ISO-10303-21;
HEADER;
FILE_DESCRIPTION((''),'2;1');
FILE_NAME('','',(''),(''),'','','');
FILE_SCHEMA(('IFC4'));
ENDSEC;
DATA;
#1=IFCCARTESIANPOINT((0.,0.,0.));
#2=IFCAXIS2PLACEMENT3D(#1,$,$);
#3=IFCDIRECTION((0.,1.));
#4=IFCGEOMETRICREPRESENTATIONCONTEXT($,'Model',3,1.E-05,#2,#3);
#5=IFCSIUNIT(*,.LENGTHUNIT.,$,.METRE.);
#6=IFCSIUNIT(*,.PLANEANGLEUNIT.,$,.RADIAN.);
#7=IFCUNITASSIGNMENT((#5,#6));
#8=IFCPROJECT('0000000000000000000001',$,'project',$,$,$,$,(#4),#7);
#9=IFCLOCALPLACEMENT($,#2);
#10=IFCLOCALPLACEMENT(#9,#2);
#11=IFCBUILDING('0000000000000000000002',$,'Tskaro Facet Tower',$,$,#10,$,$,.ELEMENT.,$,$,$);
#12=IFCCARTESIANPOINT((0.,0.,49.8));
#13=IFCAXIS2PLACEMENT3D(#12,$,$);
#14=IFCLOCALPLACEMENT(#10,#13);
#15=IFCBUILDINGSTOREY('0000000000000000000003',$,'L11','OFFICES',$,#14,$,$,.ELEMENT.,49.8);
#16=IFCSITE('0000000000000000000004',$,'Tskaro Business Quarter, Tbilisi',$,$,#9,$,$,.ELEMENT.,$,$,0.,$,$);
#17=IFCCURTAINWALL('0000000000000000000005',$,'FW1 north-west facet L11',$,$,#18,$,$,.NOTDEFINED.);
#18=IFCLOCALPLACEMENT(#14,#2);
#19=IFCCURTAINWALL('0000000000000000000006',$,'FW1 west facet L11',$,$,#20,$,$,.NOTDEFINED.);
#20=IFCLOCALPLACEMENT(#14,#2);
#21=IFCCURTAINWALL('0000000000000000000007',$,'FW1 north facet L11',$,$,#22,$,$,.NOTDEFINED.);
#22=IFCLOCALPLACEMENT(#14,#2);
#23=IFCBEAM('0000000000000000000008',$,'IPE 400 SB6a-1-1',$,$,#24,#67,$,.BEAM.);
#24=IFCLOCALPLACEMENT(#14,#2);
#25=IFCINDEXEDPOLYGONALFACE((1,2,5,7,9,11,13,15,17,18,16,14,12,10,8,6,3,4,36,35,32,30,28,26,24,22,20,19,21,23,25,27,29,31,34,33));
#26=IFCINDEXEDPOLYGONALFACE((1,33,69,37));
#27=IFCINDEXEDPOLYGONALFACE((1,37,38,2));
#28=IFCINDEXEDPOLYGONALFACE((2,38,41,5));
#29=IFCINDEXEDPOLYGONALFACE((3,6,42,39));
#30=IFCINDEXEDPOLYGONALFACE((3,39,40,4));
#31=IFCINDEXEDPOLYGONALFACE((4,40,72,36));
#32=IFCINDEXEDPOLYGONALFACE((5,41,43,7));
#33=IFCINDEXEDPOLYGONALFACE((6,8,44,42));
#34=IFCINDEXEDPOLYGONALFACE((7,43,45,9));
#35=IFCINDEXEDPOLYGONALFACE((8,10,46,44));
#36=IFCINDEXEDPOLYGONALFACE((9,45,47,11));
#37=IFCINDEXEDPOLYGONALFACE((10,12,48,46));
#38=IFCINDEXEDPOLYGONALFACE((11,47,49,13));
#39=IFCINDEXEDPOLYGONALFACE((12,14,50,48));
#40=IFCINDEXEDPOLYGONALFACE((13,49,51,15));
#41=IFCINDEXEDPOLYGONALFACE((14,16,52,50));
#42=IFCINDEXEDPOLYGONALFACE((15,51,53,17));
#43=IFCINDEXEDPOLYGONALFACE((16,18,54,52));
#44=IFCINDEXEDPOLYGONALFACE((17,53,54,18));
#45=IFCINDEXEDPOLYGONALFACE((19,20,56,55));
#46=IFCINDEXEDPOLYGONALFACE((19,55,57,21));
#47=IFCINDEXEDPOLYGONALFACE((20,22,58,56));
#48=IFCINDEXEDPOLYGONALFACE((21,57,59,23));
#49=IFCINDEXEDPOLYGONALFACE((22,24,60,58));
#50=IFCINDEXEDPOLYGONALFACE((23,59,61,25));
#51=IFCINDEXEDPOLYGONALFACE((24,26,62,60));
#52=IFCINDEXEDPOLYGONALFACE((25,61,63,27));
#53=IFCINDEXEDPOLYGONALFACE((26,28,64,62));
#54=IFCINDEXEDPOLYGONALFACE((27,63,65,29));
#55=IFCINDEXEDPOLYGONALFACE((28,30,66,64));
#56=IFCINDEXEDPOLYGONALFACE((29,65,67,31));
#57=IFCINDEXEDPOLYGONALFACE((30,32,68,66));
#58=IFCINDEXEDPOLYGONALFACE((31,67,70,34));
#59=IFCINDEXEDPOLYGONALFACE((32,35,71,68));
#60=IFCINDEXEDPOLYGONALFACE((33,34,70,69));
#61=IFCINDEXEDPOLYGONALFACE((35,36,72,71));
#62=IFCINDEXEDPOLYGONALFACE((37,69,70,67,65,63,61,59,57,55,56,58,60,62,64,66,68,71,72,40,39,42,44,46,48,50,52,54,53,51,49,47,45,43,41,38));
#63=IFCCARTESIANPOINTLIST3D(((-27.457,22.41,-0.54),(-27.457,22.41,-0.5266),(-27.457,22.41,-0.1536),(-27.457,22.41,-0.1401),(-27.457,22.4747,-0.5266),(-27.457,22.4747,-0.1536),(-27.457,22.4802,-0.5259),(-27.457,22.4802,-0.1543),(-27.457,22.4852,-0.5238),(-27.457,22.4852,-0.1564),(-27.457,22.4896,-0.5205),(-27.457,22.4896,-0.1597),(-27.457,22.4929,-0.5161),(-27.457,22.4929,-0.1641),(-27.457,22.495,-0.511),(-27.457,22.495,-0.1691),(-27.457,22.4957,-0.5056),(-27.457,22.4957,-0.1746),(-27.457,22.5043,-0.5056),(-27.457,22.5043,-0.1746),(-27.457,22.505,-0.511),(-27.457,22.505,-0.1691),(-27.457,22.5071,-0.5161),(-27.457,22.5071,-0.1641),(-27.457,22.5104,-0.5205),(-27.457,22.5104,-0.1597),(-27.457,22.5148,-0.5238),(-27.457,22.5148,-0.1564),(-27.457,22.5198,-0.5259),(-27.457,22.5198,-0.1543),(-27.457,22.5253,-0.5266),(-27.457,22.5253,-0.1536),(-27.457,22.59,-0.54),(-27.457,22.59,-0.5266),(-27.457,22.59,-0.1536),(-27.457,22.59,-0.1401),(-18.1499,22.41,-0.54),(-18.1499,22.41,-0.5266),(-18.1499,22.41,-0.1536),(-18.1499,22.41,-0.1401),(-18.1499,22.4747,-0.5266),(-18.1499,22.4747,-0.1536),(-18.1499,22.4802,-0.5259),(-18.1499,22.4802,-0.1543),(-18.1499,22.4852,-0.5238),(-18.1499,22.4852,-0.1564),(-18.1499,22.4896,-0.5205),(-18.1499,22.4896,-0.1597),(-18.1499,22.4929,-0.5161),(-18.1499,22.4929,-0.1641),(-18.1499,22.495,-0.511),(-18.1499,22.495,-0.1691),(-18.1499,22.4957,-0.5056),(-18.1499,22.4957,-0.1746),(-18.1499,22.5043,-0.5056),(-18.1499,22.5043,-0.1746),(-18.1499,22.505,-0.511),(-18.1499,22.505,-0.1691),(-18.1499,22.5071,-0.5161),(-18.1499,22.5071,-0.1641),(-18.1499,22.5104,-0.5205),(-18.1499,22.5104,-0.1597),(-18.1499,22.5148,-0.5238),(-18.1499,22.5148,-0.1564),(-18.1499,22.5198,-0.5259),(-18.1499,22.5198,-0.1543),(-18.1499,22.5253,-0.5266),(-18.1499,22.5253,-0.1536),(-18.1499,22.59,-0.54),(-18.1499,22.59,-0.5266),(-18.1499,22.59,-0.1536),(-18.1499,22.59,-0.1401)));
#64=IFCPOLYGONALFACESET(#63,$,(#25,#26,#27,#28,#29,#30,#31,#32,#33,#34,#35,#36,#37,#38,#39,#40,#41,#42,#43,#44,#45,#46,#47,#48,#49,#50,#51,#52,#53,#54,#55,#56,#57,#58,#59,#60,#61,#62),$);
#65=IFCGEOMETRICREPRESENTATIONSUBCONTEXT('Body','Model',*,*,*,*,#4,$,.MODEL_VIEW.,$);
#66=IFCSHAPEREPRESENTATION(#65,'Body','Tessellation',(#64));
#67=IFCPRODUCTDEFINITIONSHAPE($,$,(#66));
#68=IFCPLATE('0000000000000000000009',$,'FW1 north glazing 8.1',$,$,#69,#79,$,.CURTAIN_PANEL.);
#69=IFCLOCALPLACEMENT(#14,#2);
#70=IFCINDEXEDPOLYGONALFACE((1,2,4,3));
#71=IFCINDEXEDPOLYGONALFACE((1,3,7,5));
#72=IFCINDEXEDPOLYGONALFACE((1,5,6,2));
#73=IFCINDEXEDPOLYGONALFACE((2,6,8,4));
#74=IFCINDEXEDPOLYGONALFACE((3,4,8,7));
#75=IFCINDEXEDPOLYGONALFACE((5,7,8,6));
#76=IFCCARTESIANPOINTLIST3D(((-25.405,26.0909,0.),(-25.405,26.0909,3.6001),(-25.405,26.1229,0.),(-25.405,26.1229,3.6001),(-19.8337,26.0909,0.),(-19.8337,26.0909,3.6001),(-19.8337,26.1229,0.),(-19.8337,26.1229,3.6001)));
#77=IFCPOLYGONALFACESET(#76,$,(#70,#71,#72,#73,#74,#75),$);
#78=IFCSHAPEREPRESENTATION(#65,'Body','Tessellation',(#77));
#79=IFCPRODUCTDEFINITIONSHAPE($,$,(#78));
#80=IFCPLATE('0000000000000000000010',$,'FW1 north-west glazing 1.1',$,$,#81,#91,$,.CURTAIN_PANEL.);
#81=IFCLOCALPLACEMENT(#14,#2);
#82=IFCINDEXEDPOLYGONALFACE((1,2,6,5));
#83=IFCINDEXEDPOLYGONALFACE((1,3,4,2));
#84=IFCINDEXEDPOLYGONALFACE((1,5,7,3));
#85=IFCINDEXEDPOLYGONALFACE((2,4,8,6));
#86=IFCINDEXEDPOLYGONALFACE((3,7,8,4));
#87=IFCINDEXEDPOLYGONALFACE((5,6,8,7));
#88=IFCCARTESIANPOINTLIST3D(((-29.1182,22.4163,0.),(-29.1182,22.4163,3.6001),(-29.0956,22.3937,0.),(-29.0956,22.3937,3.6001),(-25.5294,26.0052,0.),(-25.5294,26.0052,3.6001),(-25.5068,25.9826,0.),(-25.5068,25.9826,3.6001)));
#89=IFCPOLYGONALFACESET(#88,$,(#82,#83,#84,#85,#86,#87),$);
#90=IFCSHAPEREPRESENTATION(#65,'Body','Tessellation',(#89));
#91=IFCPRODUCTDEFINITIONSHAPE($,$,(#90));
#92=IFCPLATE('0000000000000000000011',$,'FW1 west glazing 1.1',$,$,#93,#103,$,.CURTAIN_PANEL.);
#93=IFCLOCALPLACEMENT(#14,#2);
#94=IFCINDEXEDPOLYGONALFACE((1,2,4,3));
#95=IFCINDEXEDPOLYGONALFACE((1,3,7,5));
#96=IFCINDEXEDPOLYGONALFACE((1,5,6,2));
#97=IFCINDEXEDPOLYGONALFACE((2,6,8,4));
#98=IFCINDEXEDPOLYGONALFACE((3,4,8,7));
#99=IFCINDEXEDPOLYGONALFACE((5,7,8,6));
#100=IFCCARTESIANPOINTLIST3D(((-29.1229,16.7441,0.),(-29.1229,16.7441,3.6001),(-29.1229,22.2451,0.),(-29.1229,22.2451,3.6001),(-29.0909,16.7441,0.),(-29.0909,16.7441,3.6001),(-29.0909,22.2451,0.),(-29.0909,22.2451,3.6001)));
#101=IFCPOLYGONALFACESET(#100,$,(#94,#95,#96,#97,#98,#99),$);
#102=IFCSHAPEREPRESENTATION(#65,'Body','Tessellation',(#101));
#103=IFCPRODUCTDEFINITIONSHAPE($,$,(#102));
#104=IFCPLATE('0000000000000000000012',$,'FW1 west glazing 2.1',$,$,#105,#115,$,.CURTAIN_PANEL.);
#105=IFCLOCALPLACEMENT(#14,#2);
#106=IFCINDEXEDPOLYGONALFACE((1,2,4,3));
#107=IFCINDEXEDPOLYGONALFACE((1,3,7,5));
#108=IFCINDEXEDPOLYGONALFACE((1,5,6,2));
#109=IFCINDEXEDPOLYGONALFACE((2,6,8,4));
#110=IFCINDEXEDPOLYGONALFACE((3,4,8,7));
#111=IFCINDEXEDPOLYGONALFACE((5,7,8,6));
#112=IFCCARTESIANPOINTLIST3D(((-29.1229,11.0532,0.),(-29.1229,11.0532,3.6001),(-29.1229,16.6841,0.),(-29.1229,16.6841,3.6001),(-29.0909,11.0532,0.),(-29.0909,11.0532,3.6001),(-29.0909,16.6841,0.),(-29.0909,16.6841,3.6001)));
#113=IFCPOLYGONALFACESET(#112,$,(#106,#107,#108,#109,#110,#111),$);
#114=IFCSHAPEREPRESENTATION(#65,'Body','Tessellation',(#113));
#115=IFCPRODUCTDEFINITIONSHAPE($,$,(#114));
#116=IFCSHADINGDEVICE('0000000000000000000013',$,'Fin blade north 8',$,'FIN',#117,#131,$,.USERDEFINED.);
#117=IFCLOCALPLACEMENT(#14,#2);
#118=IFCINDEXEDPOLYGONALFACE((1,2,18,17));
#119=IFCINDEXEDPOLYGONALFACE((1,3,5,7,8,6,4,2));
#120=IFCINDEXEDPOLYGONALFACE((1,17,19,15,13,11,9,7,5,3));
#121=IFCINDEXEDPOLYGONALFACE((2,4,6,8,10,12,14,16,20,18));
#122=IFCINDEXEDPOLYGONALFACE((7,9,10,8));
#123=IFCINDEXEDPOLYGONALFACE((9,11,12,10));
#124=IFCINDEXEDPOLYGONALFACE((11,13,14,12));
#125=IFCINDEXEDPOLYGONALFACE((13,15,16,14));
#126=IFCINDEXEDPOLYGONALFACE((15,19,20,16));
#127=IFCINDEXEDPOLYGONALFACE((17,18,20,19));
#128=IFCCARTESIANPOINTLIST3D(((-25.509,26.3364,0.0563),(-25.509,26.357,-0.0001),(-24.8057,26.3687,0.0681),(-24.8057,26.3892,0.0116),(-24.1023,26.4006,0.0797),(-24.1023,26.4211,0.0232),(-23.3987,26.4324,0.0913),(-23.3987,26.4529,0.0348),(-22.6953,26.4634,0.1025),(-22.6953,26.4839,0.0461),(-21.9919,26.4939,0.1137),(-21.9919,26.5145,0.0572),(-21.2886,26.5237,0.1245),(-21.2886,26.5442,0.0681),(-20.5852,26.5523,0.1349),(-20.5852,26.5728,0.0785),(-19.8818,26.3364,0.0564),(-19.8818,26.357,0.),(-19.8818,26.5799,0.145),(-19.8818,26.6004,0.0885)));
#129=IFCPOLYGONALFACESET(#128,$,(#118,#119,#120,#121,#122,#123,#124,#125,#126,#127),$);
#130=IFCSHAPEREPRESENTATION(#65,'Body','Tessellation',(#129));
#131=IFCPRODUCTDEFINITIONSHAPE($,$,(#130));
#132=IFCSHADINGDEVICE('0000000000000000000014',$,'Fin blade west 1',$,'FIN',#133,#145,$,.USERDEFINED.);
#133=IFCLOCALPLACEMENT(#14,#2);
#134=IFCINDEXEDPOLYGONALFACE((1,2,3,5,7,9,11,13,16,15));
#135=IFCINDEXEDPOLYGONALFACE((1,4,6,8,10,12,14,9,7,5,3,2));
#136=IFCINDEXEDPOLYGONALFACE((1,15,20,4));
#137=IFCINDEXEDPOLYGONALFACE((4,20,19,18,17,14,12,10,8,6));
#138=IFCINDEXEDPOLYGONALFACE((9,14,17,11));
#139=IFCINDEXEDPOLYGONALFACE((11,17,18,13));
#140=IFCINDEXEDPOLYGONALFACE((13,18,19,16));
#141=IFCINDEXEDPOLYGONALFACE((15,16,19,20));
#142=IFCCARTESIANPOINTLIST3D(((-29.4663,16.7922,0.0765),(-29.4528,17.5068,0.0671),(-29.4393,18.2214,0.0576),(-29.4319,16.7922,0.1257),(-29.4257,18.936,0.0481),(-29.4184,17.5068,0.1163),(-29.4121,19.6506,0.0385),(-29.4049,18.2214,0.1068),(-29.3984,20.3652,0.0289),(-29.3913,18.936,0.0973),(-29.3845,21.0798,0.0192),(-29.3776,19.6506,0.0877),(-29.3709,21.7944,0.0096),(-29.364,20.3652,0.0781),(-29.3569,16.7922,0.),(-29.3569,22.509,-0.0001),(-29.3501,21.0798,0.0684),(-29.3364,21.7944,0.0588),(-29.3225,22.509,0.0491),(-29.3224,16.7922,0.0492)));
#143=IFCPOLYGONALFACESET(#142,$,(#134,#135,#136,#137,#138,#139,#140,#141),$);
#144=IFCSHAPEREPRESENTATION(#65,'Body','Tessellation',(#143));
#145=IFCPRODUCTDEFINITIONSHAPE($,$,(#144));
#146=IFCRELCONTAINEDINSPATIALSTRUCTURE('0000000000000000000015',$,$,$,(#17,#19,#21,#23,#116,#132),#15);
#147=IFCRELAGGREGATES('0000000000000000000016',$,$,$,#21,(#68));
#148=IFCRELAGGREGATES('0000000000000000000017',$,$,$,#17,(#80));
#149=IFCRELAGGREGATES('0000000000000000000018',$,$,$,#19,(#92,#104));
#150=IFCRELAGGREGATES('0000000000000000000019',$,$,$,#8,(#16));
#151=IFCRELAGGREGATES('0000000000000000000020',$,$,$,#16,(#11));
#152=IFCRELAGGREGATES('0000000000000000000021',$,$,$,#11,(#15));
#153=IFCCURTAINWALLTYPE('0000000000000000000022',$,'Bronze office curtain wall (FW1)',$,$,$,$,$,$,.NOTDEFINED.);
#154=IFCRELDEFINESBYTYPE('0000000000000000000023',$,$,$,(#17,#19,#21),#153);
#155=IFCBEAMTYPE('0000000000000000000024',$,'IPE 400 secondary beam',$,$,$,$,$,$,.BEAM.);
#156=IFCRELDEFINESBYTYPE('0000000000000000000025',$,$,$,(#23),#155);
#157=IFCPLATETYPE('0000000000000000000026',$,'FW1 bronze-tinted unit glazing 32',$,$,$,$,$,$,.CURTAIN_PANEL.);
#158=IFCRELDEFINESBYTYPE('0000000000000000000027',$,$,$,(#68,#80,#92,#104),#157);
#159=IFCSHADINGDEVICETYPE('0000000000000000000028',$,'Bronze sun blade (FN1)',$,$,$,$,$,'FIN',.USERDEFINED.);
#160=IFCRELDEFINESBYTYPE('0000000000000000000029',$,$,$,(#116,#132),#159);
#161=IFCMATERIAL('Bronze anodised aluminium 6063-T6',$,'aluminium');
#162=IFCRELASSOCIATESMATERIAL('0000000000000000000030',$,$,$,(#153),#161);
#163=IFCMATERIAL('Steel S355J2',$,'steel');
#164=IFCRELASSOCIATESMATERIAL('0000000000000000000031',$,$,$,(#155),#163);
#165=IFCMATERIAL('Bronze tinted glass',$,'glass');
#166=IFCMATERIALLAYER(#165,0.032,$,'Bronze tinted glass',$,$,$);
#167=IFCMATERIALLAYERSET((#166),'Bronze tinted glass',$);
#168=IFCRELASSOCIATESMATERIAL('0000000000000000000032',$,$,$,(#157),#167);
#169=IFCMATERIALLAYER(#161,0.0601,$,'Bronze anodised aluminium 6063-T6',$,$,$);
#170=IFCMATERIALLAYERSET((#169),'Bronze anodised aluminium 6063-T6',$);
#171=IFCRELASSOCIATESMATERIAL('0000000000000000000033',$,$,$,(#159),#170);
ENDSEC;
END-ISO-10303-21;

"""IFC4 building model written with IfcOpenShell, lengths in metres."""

from ifc_helpers import new_model, si_unit, direction, frame, origin, origin_2d, place, context, subcontext, project, spatial, polyline, rectangle, i_section, outline, extrude, material, layer, layer_set, material_profile, profile_set, type_object, element, aggregate, save


model = new_model("IFC4")

# Units and contexts
model_context = context("Model", 3, precision=1e-05, world=origin(), true_north=direction((0.0, 1.0)))
body_context = subcontext(model_context, "Body", "Model", "MODEL_VIEW")
ifc_project = project(units=[si_unit("LENGTHUNIT", "METRE"), si_unit("PLANEANGLEUNIT", "RADIAN")], contexts=[model_context])

# Site, building, storey
site_placement = place(None, origin())
site = spatial("IfcSite", under=ifc_project, at=site_placement, Name="Tskaro Business Quarter, Tbilisi", CompositionType="ELEMENT", RefElevation=0.0)
building_placement = place(site_placement, origin())
building = spatial("IfcBuilding", under=site, at=building_placement, Name="Tskaro Facet Tower", CompositionType="ELEMENT")
storey_placement = place(building_placement, frame((0.0, 0.0, 49.8)))
storey = spatial("IfcBuildingStorey", under=building, at=storey_placement, Name="L11", Description="OFFICES", CompositionType="ELEMENT", Elevation=49.8)

# Curtain wall
ifc_material_1 = material(Name="Bronze anodised aluminium 6063-T6", Category="aluminium")
curtain_wall_type = type_object("IfcCurtainWallType", Name="Bronze office curtain wall (FW1)", PredefinedType="NOTDEFINED", material=ifc_material_1)
curtain_wall_1_placement = place(storey_placement, origin())
curtain_wall_1 = element("IfcCurtainWall", 1, at=curtain_wall_1_placement, inside=storey, type_object=curtain_wall_type, Name="FW1 north-west facet L11", PredefinedType="NOTDEFINED")

# Curtain wall
curtain_wall_2_placement = place(storey_placement, origin())
curtain_wall_2 = element("IfcCurtainWall", 2, at=curtain_wall_2_placement, inside=storey, type_object=curtain_wall_type, Name="FW1 west facet L11", PredefinedType="NOTDEFINED")

# Curtain wall
curtain_wall_3_placement = place(storey_placement, origin())
curtain_wall_3 = element("IfcCurtainWall", 3, at=curtain_wall_3_placement, inside=storey, type_object=curtain_wall_type, Name="FW1 north facet L11", PredefinedType="NOTDEFINED")

# Beam
ifc_material_2 = material(Name="Steel S355J2", Category="steel")
ifc_material_profile_1 = material_profile(ifc_material_2, i_section(OverallWidth=0.1799, OverallDepth=0.3999, WebThickness=0.0085, FlangeThickness=0.0134, FilletRadius=0.021, at=origin_2d()), Name="IPE 400")
ifc_profile_set_1 = profile_set([ifc_material_profile_1], Name="Steel S355J2")
beam_type_1 = type_object("IfcBeamType", Name="IPE 400 secondary beam", PredefinedType="BEAM", material=ifc_profile_set_1)
beam_1_placement = place(storey_placement, frame((-27.457, 22.5, -0.3401), z_axis=(1.0, 0.0, 0.0), x_axis=(0.0, 1.0, 0.0)))
element("IfcBeam", 4, at=beam_1_placement, inside=storey, type_object=beam_type_1, Name="IPE 400 SB6a-1-1", PredefinedType="BEAM", context=body_context, shape_type="SweptSolid", body=[
    extrude(i_section(OverallWidth=0.1799, OverallDepth=0.3999, WebThickness=0.0085, FlangeThickness=0.0134, FilletRadius=0.021, at=origin_2d()), origin(), (0.0, 0.0, 1.0), 9.3071),
])

# Plates
ifc_material_3 = material(Name="Bronze tinted glass", Category="glass")
ifc_layer_1 = layer(ifc_material_3, 0.032, Name="Bronze tinted glass")
ifc_layer_set_1 = layer_set([ifc_layer_1], Name="Bronze tinted glass")
plate_type = type_object("IfcPlateType", Name="FW1 bronze-tinted unit glazing 32", PredefinedType="CURTAIN_PANEL", material=ifc_layer_set_1)
plate_1_placement = place(storey_placement, frame((-22.6194, 26.1069, 0.0), z_axis=(0.0, 0.0, 1.0), x_axis=(-1.0, 0.0, 0.0)))
plate_1 = element("IfcPlate", 5, at=plate_1_placement, type_object=plate_type, Name="FW1 north glazing 8.1", PredefinedType="CURTAIN_PANEL", context=body_context, shape_type="SweptSolid", body=[
    extrude(rectangle(XDim=5.5713, YDim=0.032, at=origin_2d()), origin(), (0.0, 0.0, 1.0), 3.6001),
])
aggregate(curtain_wall_3, [plate_1])
plate_2_placement = place(storey_placement, frame((-27.3125, 24.1995, 0.0), z_axis=(0.0, 0.0, 1.0), x_axis=(-0.707107, -0.707107, 0.0)))
plate_2 = element("IfcPlate", 6, at=plate_2_placement, type_object=plate_type, Name="FW1 north-west glazing 1.1", PredefinedType="CURTAIN_PANEL", context=body_context, shape_type="SweptSolid", body=[
    extrude(rectangle(XDim=5.0754, YDim=0.032, at=origin_2d()), origin(), (0.0, 0.0, 1.0), 3.6001),
])
aggregate(curtain_wall_1, [plate_2])
plate_3_placement = place(storey_placement, frame((-29.1069, 19.4946, 0.0), z_axis=(0.0, 0.0, 1.0), x_axis=(0.0, -1.0, 0.0)))
plate_3 = element("IfcPlate", 7, at=plate_3_placement, type_object=plate_type, Name="FW1 west glazing 1.1", PredefinedType="CURTAIN_PANEL", context=body_context, shape_type="SweptSolid", body=[
    extrude(rectangle(XDim=5.501, YDim=0.032, at=origin_2d()), origin(), (0.0, 0.0, 1.0), 3.6001),
])
plate_4_placement = place(storey_placement, frame((-29.1069, 13.8687, 0.0), z_axis=(0.0, 0.0, 1.0), x_axis=(0.0, -1.0, 0.0)))
plate_4 = element("IfcPlate", 8, at=plate_4_placement, type_object=plate_type, Name="FW1 west glazing 2.1", PredefinedType="CURTAIN_PANEL", context=body_context, shape_type="SweptSolid", body=[
    extrude(rectangle(XDim=5.6309, YDim=0.032, at=origin_2d()), origin(), (0.0, 0.0, 1.0), 3.6001),
])
aggregate(curtain_wall_2, [plate_3, plate_4])

# Shading devices
ifc_layer_2 = layer(ifc_material_1, 0.0601, Name="Bronze anodised aluminium 6063-T6")
ifc_layer_set_2 = layer_set([ifc_layer_2], Name="Bronze anodised aluminium 6063-T6")
shading_device_type = type_object("IfcShadingDeviceType", Name="Bronze sun blade (FN1)", ElementType="FIN", PredefinedType="USERDEFINED", material=ifc_layer_set_2)
shading_device_1_placement = place(storey_placement, frame((-19.8818, 26.3364, 0.0564), z_axis=(-0.000012, -0.341881, 0.939743), x_axis=(-1.0, 0.000004, -0.000012)))
element("IfcShadingDevice", 9, at=shading_device_1_placement, inside=storey, type_object=shading_device_type, Name="Fin blade north 8", ObjectType="FIN", PredefinedType="USERDEFINED", context=body_context, shape_type="SweptSolid", body=[
    extrude(outline(polyline([(0.0, 0.0), (5.6272, 0.0), (4.9238, -0.0343), (4.2205, -0.0683), (3.5168, -0.1021), (2.8135, -0.1351), (2.1101, -0.1676), (1.4067, -0.1993), (0.7034, -0.2297), (0.0, -0.259), (0.0, 0.0)])), origin(), (0.0, 0.0, -1.0), 0.0601),
])
shading_device_2_placement = place(storey_placement, frame((-29.3225, 22.509, 0.0491), z_axis=(0.573127, 0.000023, 0.819467), x_axis=(0.000013, -1.0, 0.000019)))
element("IfcShadingDevice", 10, at=shading_device_2_placement, inside=storey, type_object=shading_device_type, Name="Fin blade west 1", ObjectType="FIN", PredefinedType="USERDEFINED", context=body_context, shape_type="SweptSolid", body=[
    extrude(outline(polyline([(0.0, 0.0), (5.7168, 0.0), (5.7168, -0.1336), (5.0022, -0.1171), (4.2876, -0.1006), (3.573, -0.084), (2.8584, -0.0673), (2.1438, -0.0507), (1.4292, -0.0337), (0.7146, -0.017), (0.0, 0.0)])), origin(), (0.0, 0.0, -1.0), 0.0601),
])

save(model, "model.ifc")
